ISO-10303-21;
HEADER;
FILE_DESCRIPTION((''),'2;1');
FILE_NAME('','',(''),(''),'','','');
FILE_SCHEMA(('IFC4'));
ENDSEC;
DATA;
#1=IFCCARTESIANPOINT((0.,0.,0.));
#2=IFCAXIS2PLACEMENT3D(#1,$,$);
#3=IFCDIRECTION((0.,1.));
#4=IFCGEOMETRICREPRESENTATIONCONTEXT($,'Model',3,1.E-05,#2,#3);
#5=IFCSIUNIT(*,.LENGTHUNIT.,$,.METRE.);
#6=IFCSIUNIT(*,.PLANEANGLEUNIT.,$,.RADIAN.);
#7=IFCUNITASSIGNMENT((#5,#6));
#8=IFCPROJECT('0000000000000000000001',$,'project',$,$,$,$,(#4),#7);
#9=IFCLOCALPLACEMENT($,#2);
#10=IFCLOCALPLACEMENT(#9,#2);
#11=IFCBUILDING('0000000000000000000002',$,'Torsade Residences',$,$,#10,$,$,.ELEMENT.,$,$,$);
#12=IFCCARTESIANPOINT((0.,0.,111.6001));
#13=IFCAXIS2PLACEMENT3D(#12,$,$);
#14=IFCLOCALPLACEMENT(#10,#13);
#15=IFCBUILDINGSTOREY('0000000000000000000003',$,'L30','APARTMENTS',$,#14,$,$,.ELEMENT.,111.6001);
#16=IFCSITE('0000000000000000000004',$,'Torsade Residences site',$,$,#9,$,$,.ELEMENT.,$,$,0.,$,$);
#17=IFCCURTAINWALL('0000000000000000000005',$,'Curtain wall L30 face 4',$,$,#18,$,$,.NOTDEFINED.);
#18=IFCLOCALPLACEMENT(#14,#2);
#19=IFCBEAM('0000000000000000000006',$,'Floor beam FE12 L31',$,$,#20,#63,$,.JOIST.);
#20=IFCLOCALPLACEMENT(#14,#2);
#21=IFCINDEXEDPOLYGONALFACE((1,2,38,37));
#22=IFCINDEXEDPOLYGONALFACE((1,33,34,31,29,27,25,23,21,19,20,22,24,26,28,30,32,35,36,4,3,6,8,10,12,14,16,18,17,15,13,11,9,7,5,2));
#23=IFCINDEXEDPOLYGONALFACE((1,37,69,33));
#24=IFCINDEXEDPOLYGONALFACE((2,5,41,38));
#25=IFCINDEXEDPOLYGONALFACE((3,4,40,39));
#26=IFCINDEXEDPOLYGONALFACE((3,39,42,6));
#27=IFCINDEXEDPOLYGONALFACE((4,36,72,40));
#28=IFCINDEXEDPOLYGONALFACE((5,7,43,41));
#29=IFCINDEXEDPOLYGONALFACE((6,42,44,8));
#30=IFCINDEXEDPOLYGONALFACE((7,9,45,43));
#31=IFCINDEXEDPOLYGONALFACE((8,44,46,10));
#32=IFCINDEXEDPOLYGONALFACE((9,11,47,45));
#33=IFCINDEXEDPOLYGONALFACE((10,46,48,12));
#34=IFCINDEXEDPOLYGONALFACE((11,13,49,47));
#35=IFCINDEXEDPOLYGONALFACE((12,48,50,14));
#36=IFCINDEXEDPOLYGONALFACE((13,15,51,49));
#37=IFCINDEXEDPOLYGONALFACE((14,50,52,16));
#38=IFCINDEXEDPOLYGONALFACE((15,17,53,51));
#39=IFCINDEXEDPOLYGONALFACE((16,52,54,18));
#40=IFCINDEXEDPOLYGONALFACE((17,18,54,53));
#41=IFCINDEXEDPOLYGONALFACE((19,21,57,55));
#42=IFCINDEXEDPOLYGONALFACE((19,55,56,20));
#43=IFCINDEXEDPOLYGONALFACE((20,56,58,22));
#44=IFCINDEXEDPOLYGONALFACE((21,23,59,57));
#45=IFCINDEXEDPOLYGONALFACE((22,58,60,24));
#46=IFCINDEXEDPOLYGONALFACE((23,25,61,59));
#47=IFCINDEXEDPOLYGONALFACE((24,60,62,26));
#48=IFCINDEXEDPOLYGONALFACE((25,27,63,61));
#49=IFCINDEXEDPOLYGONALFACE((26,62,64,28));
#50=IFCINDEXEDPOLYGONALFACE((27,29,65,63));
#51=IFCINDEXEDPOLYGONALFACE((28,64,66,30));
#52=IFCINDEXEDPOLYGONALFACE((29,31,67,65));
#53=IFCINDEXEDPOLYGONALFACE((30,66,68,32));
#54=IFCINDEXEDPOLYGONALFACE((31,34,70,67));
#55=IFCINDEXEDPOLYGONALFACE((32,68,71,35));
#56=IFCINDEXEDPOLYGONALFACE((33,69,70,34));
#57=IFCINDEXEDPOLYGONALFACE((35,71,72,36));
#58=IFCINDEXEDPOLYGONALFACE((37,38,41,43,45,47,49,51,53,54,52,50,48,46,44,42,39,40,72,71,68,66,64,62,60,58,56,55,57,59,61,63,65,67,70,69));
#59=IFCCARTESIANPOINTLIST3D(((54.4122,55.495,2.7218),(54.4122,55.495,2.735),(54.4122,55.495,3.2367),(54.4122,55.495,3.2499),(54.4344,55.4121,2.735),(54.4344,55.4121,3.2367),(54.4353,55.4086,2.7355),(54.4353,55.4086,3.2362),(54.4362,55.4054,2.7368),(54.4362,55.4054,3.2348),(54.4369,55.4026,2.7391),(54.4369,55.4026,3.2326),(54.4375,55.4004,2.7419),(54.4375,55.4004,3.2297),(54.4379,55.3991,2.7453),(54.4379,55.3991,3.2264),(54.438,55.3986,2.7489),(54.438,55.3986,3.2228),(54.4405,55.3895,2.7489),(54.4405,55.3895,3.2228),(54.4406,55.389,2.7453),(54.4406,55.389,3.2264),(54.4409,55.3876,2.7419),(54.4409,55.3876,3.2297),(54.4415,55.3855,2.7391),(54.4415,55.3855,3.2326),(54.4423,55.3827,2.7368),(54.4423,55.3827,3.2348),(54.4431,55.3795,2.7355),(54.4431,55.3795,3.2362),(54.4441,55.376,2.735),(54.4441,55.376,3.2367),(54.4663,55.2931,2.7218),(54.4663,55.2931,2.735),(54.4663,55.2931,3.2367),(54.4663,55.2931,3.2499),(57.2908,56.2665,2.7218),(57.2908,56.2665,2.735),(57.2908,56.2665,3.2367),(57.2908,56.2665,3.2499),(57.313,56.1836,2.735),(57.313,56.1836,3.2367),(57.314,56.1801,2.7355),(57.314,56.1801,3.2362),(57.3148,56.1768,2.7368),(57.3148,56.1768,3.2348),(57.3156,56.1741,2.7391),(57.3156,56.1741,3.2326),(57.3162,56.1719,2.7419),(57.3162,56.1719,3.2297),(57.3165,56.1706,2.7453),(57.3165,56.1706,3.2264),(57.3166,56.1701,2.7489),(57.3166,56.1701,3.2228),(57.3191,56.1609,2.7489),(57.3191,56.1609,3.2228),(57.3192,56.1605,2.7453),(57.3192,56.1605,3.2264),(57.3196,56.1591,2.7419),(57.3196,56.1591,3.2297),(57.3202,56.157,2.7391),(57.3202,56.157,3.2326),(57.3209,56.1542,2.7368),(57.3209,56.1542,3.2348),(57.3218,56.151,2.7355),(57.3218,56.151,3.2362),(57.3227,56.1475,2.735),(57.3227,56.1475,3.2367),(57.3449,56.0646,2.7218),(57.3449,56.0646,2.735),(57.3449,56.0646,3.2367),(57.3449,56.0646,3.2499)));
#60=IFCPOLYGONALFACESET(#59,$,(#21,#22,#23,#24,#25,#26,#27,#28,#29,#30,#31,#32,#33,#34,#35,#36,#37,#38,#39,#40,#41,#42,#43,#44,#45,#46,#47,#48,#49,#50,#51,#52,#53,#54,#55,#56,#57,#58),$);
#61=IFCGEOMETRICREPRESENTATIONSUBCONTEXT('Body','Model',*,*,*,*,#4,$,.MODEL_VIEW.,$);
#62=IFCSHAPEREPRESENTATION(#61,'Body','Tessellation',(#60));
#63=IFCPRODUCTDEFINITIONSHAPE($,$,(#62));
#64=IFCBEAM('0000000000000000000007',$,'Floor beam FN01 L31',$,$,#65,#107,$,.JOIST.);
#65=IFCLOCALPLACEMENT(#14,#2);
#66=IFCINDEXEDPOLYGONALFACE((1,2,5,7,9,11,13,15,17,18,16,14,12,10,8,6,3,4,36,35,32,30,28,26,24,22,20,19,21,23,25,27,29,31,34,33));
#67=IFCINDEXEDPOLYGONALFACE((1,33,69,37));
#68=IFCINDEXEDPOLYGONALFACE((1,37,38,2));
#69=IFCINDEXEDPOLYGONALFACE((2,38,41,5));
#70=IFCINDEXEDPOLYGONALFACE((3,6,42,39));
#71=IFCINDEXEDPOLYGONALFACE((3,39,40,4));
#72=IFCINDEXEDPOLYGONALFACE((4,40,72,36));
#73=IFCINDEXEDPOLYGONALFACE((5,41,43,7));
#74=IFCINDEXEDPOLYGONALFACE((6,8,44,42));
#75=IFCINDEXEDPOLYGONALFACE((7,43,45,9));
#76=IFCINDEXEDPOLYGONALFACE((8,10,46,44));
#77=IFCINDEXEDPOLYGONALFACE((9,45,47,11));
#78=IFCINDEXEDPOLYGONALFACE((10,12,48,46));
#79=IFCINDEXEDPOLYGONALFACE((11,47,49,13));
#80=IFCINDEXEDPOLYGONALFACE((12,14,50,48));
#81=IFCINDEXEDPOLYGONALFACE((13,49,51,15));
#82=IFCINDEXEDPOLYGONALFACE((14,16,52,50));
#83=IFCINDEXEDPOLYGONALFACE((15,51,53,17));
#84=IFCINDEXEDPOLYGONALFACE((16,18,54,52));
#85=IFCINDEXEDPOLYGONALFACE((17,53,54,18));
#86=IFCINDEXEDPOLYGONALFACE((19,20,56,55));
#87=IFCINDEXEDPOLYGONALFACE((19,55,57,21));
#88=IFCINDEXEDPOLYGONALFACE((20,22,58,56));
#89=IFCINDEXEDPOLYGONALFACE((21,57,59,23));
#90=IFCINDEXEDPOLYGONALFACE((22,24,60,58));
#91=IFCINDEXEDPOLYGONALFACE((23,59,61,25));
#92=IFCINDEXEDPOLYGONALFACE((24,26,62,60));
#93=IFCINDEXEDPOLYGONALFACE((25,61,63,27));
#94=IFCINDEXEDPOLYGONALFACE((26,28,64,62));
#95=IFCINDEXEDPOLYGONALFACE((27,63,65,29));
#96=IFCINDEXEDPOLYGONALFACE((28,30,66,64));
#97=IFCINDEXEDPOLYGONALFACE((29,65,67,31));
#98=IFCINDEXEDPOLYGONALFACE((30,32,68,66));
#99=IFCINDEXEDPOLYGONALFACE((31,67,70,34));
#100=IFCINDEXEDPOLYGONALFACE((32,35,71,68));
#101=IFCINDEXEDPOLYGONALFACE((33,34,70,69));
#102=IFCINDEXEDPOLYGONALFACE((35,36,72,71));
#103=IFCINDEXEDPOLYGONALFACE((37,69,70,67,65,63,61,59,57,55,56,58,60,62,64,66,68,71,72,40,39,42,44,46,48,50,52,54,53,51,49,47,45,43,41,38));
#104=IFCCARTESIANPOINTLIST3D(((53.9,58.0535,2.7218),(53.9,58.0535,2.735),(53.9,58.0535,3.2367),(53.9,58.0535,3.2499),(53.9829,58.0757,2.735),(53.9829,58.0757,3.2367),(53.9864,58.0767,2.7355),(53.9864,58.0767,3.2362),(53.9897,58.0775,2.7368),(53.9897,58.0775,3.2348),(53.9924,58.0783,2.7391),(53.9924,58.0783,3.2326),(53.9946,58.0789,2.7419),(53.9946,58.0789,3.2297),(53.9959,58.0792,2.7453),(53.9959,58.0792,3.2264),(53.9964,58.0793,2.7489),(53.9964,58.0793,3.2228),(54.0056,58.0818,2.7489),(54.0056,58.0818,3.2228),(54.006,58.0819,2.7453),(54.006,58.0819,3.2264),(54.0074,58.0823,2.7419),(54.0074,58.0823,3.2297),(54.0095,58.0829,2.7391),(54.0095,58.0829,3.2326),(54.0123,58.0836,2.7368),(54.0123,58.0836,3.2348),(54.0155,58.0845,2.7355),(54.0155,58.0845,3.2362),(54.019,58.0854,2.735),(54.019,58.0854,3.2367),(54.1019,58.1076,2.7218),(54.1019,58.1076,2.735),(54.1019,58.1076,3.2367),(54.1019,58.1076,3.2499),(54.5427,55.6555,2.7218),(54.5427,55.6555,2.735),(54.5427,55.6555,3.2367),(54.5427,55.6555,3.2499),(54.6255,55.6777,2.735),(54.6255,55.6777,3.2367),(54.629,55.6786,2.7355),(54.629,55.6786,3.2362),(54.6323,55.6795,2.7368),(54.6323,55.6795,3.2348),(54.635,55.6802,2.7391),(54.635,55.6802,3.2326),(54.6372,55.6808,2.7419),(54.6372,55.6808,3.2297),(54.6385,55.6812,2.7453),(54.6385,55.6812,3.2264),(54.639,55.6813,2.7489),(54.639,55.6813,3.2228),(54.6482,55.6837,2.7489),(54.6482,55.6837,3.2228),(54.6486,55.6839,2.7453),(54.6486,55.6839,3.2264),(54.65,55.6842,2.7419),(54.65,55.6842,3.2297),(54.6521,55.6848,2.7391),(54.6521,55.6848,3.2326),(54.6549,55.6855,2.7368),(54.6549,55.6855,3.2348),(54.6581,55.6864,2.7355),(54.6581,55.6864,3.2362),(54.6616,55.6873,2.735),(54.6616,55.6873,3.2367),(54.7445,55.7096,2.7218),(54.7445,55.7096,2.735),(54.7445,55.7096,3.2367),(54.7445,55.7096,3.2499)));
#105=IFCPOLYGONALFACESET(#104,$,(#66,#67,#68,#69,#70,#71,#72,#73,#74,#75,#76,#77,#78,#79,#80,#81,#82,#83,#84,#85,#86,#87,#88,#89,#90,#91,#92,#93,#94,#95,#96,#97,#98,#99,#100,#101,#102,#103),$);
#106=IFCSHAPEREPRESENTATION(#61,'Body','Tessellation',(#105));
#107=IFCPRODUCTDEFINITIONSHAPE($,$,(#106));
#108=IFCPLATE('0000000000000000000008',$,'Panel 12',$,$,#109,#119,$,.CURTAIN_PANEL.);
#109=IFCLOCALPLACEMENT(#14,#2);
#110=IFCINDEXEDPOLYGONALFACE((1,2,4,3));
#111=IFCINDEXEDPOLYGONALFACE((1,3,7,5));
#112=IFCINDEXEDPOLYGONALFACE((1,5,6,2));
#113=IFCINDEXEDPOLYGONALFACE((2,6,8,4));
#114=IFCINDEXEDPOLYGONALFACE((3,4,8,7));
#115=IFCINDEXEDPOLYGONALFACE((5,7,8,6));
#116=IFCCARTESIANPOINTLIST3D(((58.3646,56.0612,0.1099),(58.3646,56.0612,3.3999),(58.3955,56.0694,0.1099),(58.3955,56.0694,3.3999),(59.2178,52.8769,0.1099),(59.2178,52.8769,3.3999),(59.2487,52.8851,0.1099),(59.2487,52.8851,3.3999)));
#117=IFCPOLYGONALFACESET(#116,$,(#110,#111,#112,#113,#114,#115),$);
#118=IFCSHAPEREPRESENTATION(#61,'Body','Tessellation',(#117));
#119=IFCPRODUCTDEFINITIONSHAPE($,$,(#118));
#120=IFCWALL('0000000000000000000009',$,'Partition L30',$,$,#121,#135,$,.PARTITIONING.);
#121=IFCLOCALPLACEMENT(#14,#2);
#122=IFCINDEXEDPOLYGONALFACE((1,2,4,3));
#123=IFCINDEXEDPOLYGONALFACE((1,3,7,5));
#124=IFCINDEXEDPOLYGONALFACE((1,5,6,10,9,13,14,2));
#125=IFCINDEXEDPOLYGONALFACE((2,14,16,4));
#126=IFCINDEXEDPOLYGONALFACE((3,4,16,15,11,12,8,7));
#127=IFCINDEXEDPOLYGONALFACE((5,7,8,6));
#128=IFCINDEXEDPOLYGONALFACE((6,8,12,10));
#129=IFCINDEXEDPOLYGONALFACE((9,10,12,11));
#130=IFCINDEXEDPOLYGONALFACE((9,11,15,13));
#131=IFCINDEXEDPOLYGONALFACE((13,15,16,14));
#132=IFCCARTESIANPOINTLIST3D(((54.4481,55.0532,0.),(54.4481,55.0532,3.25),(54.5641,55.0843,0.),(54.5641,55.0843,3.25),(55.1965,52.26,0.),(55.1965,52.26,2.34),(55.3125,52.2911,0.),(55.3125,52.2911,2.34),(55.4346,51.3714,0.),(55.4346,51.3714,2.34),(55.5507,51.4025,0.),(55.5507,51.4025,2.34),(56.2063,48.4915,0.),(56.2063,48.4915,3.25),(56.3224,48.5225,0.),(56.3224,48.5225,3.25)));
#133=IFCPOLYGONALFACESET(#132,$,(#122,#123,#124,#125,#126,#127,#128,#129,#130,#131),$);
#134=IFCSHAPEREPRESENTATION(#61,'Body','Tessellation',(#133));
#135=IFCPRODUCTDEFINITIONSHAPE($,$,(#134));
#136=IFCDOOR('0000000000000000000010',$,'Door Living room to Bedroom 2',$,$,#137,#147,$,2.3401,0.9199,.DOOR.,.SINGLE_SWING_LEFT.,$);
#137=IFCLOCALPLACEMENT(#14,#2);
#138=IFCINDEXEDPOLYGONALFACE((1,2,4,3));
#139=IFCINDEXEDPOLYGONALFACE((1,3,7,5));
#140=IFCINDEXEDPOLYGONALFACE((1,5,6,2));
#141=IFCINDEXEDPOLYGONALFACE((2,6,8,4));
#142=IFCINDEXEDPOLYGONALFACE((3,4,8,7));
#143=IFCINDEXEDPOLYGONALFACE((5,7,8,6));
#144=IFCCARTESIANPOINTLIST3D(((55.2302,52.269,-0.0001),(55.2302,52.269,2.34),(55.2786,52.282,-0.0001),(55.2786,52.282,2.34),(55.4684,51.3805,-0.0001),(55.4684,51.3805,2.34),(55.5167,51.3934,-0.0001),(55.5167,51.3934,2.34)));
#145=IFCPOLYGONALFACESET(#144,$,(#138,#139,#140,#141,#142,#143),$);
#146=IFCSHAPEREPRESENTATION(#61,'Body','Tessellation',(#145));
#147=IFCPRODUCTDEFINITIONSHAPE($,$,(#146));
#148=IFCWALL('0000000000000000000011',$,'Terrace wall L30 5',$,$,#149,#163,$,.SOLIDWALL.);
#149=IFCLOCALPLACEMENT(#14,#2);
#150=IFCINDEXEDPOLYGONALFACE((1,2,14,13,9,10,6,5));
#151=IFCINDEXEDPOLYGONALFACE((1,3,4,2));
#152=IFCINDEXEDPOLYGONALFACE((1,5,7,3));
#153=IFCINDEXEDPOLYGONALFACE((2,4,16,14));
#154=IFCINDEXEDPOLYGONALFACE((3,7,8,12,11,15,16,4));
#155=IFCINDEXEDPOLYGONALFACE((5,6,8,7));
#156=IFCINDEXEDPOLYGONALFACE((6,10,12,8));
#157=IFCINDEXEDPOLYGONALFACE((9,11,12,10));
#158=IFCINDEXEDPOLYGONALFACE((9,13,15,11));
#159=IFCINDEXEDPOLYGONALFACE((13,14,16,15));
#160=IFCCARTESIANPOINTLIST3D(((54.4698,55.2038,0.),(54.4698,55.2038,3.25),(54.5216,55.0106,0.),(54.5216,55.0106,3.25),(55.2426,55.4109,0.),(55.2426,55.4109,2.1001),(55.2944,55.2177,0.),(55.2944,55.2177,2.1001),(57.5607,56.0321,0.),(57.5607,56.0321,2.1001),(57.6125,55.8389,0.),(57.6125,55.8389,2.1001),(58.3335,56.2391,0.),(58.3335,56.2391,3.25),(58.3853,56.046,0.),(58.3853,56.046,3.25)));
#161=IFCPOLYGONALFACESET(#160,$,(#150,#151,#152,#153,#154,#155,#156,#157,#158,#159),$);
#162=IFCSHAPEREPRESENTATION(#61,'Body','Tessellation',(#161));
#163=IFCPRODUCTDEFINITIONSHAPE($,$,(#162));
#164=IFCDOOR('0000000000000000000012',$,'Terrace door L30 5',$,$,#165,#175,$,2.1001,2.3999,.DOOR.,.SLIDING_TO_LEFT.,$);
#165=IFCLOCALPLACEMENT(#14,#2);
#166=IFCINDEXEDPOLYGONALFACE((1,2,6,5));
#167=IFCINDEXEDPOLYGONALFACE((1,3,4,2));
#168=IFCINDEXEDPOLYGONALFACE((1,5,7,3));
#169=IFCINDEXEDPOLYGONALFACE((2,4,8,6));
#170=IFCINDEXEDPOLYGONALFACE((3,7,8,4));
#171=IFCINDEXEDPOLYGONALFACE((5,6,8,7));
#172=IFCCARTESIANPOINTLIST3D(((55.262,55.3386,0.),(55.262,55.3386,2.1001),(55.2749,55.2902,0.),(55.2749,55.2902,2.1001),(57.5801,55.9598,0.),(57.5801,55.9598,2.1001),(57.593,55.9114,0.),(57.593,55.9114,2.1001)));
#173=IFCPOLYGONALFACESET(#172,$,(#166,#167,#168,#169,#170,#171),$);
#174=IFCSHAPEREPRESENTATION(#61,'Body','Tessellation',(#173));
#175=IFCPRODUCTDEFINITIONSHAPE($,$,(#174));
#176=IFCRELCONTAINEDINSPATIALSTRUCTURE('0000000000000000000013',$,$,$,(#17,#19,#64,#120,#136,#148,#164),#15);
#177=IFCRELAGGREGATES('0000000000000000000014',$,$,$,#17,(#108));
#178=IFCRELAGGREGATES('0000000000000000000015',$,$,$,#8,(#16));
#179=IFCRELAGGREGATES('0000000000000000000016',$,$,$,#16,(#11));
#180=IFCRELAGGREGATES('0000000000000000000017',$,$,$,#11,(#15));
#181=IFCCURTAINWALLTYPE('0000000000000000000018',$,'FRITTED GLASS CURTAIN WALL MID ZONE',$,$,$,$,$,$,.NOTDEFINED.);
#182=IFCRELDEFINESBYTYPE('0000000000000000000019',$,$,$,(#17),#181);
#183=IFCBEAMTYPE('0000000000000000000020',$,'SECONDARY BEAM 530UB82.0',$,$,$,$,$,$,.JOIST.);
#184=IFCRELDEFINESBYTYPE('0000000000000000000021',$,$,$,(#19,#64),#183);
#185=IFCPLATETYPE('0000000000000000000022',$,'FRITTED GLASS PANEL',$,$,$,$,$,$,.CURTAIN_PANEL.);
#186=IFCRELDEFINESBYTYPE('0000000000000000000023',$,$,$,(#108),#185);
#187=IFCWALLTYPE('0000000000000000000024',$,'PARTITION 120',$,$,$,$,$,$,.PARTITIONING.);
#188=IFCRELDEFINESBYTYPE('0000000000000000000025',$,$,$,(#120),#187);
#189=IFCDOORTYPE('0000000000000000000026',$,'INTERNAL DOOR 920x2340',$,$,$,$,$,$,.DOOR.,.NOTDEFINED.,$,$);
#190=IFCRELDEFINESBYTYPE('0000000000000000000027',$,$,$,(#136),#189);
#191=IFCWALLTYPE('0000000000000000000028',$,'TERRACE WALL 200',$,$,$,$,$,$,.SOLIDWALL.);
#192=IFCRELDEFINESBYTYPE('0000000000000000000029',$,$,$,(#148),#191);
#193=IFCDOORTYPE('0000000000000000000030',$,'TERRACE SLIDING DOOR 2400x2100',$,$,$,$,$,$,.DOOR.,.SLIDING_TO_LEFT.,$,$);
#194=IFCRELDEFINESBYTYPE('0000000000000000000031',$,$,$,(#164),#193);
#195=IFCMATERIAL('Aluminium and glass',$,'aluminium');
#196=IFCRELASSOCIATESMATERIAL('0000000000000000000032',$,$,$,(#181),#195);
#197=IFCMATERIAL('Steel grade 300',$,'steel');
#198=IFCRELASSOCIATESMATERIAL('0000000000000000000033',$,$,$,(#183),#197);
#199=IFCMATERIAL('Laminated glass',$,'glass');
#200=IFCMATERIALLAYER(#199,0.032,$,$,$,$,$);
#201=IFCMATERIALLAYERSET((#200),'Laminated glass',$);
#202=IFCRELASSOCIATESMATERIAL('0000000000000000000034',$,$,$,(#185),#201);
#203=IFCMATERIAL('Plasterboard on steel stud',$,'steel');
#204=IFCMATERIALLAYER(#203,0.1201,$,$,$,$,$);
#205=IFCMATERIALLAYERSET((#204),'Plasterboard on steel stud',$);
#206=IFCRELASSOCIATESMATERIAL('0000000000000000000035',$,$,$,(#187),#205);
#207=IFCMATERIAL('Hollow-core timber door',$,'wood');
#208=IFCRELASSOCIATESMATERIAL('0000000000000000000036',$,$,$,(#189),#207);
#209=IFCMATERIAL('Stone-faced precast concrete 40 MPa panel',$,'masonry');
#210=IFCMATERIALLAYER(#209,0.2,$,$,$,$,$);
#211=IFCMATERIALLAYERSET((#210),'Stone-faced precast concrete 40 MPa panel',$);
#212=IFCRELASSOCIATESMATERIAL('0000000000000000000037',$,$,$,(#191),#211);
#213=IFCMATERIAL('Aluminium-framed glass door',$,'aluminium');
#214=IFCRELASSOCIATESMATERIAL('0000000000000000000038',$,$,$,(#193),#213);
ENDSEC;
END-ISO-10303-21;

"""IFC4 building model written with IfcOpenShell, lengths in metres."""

from ifc_helpers import new_model, si_unit, direction, frame, frame_2d, origin, origin_2d, place, context, subcontext, project, spatial, rectangle, i_section, extrude, material, layer, layer_set, material_profile, profile_set, type_object, element, fill, aggregate, save


model = new_model("IFC4")

# Units and contexts
model_context = context("Model", 3, precision=1e-05, world=origin(), true_north=direction((0.0, 1.0)))
body_context = subcontext(model_context, "Body", "Model", "MODEL_VIEW")
ifc_project = project(units=[si_unit("LENGTHUNIT", "METRE"), si_unit("PLANEANGLEUNIT", "RADIAN")], contexts=[model_context])

# Site, building, storey
site_placement = place(None, origin())
site = spatial("IfcSite", under=ifc_project, at=site_placement, Name="Torsade Residences site", CompositionType="ELEMENT", RefElevation=0.0)
building_placement = place(site_placement, origin())
building = spatial("IfcBuilding", under=site, at=building_placement, Name="Torsade Residences", CompositionType="ELEMENT")
storey_placement = place(building_placement, frame((0.0, 0.0, 111.6001)))
storey = spatial("IfcBuildingStorey", under=building, at=storey_placement, Name="L30", Description="APARTMENTS", CompositionType="ELEMENT", Elevation=111.6001)

# Curtain wall
ifc_material_1 = material(Name="Aluminium and glass", Category="aluminium")
curtain_wall_type = type_object("IfcCurtainWallType", Name="FRITTED GLASS CURTAIN WALL MID ZONE", PredefinedType="NOTDEFINED", material=ifc_material_1)
curtain_wall_1_placement = place(storey_placement, origin())
curtain_wall_1 = element("IfcCurtainWall", 1, at=curtain_wall_1_placement, inside=storey, type_object=curtain_wall_type, Name="Curtain wall L30 face 4", PredefinedType="NOTDEFINED")

# Beams
ifc_material_2 = material(Name="Steel grade 300", Category="steel")
ifc_material_profile_1 = material_profile(ifc_material_2, i_section(OverallWidth=0.209, OverallDepth=0.5281, WebThickness=0.0095, FlangeThickness=0.0132, FilletRadius=0.0139, at=origin_2d()), Name="530UB82.0")
ifc_profile_set_1 = profile_set([ifc_material_profile_1], Name="Steel grade 300")
beam_type_1 = type_object("IfcBeamType", Name="SECONDARY BEAM 530UB82.0", PredefinedType="JOIST", material=ifc_profile_set_1)
beam_1_placement = place(storey_placement, frame((57.3179, 56.1655, 2.9858), z_axis=(-0.965913, -0.258866, 0.0), x_axis=(0.258866, -0.965913, 0.0)))
element("IfcBeam", 2, at=beam_1_placement, inside=storey, type_object=beam_type_1, Name="Floor beam FE12 L31", PredefinedType="JOIST", context=body_context, shape_type="SweptSolid", body=[
    extrude(i_section(OverallWidth=0.209, OverallDepth=0.5281, WebThickness=0.0095, FlangeThickness=0.0132, FilletRadius=0.0139, at=origin_2d()), origin(), (0.0, 0.0, 1.0), 2.9802),
])
beam_2_placement = place(storey_placement, frame((54.001, 58.0806, 2.9858), z_axis=(0.258838, -0.965921, 0.0), x_axis=(0.965921, 0.258838, 0.0)))
element("IfcBeam", 3, at=beam_2_placement, inside=storey, type_object=beam_type_1, Name="Floor beam FN01 L31", PredefinedType="JOIST", context=body_context, shape_type="SweptSolid", body=[
    extrude(i_section(OverallWidth=0.209, OverallDepth=0.5281, WebThickness=0.0095, FlangeThickness=0.0132, FilletRadius=0.0139, at=origin_2d()), origin(), (0.0, 0.0, 1.0), 2.4827),
])

# Plate
ifc_material_3 = material(Name="Laminated glass", Category="glass")
ifc_layer_1 = layer(ifc_material_3, 0.032)
ifc_layer_set_1 = layer_set([ifc_layer_1], Name="Laminated glass")
plate_type = type_object("IfcPlateType", Name="FRITTED GLASS PANEL", PredefinedType="CURTAIN_PANEL", material=ifc_layer_set_1)
plate_placement = place(storey_placement, frame((58.8066, 54.4731, 0.1099), z_axis=(0.0, 0.0, 1.0), x_axis=(-0.258819, 0.965926, 0.0)))
plate = element("IfcPlate", 4, at=plate_placement, type_object=plate_type, Name="Panel 12", PredefinedType="CURTAIN_PANEL", context=body_context, shape_type="SweptSolid", body=[
    extrude(rectangle(XDim=3.2966, YDim=0.032, at=origin_2d()), origin(), (0.0, 0.0, 1.0), 3.29),
])
aggregate(curtain_wall_1, [plate])

# Walls, openings, doors
ifc_material_4 = material(Name="Plasterboard on steel stud", Category="steel")
ifc_layer_2 = layer(ifc_material_4, 0.1201)
ifc_layer_set_2 = layer_set([ifc_layer_2], Name="Plasterboard on steel stud")
wall_type_1 = type_object("IfcWallType", Name="PARTITION 120", PredefinedType="PARTITIONING", material=ifc_layer_set_2)
wall_1_placement = place(storey_placement, frame((54.5061, 55.0686, 0.0), z_axis=(0.0, 0.0, 1.0), x_axis=(0.25883, -0.965923, 0.0)))
wall_1 = element("IfcWall", 5, at=wall_1_placement, inside=storey, type_object=wall_type_1, Name="Partition L30", PredefinedType="PARTITIONING", context=body_context, shape_type="SweptSolid", body=[
    extrude(rectangle(XDim=6.7932, YDim=0.1201, at=frame_2d((3.3965, 0.0))), origin(), (0.0, 0.0, 1.0), 3.25),
])
opening_1_placement = place(wall_1_placement, frame((2.8916, 0.0, 0.0)))
opening_1 = element("IfcOpeningElement", 6, at=opening_1_placement, cuts=wall_1, PredefinedType="OPENING", context=body_context, shape_type="SweptSolid", body=[
    extrude(rectangle(XDim=0.9199, YDim=2.3401, at=frame_2d((0.46, 1.1699))), frame((0.0, 0.0701, 0.0), z_axis=(0.0, -1.0, 0.0), x_axis=(1.0, 0.0, 0.0)), (0.0, 0.0, 1.0), 0.1401),
])
ifc_material_5 = material(Name="Hollow-core timber door", Category="wood")
door_type_1 = type_object("IfcDoorType", Name="INTERNAL DOOR 920x2340", OperationType="NOTDEFINED", PredefinedType="DOOR", material=ifc_material_5)
door_1_placement = place(opening_1_placement, origin())
door_1 = element("IfcDoor", 7, at=door_1_placement, inside=storey, type_object=door_type_1, Name="Door Living room to Bedroom 2", OperationType="SINGLE_SWING_LEFT", OverallHeight=2.3401, OverallWidth=0.9199, PredefinedType="DOOR", context=body_context, shape_type="SweptSolid", body=[
    extrude(rectangle(XDim=0.9199, YDim=2.3401, at=frame_2d((0.46, 1.1699))), frame((0.0, 0.0249, 0.0), z_axis=(0.0, -1.0, 0.0), x_axis=(1.0, 0.0, 0.0)), (0.0, 0.0, 1.0), 0.05),
])
fill(opening_1, door_1)
ifc_material_6 = material(Name="Stone-faced precast concrete 40 MPa panel", Category="masonry")
ifc_layer_3 = layer(ifc_material_6, 0.2)
ifc_layer_set_3 = layer_set([ifc_layer_3], Name="Stone-faced precast concrete 40 MPa panel")
wall_type_2 = type_object("IfcWallType", Name="TERRACE WALL 200", PredefinedType="SOLIDWALL", material=ifc_layer_set_3)
wall_2_placement = place(storey_placement, frame((58.3594, 56.1426, 0.0), z_axis=(0.0, 0.0, 1.0), x_axis=(-0.965919, -0.258844, 0.0)))
wall_2 = element("IfcWall", 8, at=wall_2_placement, inside=storey, type_object=wall_type_2, Name="Terrace wall L30 5", PredefinedType="SOLIDWALL", context=body_context, shape_type="SweptSolid", body=[
    extrude(rectangle(XDim=4.0, YDim=0.2, at=frame_2d((2.0, 0.0))), origin(), (0.0, 0.0, 1.0), 3.25),
])
opening_2_placement = place(wall_2_placement, frame((0.8, 0.0, 0.0)))
opening_2 = element("IfcOpeningElement", 9, at=opening_2_placement, cuts=wall_2, PredefinedType="OPENING", context=body_context, shape_type="SweptSolid", body=[
    extrude(rectangle(XDim=2.3999, YDim=2.1001, at=frame_2d((1.2, 1.05))), frame((0.0, 0.1099, 0.0), z_axis=(0.0, -1.0, 0.0), x_axis=(1.0, 0.0, 0.0)), (0.0, 0.0, 1.0), 0.22),
])
ifc_material_7 = material(Name="Aluminium-framed glass door", Category="aluminium")
door_type_2 = type_object("IfcDoorType", Name="TERRACE SLIDING DOOR 2400x2100", OperationType="SLIDING_TO_LEFT", PredefinedType="DOOR", material=ifc_material_7)
door_2_placement = place(opening_2_placement, origin())
door_2 = element("IfcDoor", 10, at=door_2_placement, inside=storey, type_object=door_type_2, Name="Terrace door L30 5", OperationType="SLIDING_TO_LEFT", OverallHeight=2.1001, OverallWidth=2.3999, PredefinedType="DOOR", context=body_context, shape_type="SweptSolid", body=[
    extrude(rectangle(XDim=2.3999, YDim=2.1001, at=frame_2d((1.2, 1.05))), frame((0.0, 0.0249, 0.0), z_axis=(0.0, -1.0, 0.0), x_axis=(1.0, 0.0, 0.0)), (0.0, 0.0, 1.0), 0.05),
])
fill(opening_2, door_2)

save(model, "model.ifc")
